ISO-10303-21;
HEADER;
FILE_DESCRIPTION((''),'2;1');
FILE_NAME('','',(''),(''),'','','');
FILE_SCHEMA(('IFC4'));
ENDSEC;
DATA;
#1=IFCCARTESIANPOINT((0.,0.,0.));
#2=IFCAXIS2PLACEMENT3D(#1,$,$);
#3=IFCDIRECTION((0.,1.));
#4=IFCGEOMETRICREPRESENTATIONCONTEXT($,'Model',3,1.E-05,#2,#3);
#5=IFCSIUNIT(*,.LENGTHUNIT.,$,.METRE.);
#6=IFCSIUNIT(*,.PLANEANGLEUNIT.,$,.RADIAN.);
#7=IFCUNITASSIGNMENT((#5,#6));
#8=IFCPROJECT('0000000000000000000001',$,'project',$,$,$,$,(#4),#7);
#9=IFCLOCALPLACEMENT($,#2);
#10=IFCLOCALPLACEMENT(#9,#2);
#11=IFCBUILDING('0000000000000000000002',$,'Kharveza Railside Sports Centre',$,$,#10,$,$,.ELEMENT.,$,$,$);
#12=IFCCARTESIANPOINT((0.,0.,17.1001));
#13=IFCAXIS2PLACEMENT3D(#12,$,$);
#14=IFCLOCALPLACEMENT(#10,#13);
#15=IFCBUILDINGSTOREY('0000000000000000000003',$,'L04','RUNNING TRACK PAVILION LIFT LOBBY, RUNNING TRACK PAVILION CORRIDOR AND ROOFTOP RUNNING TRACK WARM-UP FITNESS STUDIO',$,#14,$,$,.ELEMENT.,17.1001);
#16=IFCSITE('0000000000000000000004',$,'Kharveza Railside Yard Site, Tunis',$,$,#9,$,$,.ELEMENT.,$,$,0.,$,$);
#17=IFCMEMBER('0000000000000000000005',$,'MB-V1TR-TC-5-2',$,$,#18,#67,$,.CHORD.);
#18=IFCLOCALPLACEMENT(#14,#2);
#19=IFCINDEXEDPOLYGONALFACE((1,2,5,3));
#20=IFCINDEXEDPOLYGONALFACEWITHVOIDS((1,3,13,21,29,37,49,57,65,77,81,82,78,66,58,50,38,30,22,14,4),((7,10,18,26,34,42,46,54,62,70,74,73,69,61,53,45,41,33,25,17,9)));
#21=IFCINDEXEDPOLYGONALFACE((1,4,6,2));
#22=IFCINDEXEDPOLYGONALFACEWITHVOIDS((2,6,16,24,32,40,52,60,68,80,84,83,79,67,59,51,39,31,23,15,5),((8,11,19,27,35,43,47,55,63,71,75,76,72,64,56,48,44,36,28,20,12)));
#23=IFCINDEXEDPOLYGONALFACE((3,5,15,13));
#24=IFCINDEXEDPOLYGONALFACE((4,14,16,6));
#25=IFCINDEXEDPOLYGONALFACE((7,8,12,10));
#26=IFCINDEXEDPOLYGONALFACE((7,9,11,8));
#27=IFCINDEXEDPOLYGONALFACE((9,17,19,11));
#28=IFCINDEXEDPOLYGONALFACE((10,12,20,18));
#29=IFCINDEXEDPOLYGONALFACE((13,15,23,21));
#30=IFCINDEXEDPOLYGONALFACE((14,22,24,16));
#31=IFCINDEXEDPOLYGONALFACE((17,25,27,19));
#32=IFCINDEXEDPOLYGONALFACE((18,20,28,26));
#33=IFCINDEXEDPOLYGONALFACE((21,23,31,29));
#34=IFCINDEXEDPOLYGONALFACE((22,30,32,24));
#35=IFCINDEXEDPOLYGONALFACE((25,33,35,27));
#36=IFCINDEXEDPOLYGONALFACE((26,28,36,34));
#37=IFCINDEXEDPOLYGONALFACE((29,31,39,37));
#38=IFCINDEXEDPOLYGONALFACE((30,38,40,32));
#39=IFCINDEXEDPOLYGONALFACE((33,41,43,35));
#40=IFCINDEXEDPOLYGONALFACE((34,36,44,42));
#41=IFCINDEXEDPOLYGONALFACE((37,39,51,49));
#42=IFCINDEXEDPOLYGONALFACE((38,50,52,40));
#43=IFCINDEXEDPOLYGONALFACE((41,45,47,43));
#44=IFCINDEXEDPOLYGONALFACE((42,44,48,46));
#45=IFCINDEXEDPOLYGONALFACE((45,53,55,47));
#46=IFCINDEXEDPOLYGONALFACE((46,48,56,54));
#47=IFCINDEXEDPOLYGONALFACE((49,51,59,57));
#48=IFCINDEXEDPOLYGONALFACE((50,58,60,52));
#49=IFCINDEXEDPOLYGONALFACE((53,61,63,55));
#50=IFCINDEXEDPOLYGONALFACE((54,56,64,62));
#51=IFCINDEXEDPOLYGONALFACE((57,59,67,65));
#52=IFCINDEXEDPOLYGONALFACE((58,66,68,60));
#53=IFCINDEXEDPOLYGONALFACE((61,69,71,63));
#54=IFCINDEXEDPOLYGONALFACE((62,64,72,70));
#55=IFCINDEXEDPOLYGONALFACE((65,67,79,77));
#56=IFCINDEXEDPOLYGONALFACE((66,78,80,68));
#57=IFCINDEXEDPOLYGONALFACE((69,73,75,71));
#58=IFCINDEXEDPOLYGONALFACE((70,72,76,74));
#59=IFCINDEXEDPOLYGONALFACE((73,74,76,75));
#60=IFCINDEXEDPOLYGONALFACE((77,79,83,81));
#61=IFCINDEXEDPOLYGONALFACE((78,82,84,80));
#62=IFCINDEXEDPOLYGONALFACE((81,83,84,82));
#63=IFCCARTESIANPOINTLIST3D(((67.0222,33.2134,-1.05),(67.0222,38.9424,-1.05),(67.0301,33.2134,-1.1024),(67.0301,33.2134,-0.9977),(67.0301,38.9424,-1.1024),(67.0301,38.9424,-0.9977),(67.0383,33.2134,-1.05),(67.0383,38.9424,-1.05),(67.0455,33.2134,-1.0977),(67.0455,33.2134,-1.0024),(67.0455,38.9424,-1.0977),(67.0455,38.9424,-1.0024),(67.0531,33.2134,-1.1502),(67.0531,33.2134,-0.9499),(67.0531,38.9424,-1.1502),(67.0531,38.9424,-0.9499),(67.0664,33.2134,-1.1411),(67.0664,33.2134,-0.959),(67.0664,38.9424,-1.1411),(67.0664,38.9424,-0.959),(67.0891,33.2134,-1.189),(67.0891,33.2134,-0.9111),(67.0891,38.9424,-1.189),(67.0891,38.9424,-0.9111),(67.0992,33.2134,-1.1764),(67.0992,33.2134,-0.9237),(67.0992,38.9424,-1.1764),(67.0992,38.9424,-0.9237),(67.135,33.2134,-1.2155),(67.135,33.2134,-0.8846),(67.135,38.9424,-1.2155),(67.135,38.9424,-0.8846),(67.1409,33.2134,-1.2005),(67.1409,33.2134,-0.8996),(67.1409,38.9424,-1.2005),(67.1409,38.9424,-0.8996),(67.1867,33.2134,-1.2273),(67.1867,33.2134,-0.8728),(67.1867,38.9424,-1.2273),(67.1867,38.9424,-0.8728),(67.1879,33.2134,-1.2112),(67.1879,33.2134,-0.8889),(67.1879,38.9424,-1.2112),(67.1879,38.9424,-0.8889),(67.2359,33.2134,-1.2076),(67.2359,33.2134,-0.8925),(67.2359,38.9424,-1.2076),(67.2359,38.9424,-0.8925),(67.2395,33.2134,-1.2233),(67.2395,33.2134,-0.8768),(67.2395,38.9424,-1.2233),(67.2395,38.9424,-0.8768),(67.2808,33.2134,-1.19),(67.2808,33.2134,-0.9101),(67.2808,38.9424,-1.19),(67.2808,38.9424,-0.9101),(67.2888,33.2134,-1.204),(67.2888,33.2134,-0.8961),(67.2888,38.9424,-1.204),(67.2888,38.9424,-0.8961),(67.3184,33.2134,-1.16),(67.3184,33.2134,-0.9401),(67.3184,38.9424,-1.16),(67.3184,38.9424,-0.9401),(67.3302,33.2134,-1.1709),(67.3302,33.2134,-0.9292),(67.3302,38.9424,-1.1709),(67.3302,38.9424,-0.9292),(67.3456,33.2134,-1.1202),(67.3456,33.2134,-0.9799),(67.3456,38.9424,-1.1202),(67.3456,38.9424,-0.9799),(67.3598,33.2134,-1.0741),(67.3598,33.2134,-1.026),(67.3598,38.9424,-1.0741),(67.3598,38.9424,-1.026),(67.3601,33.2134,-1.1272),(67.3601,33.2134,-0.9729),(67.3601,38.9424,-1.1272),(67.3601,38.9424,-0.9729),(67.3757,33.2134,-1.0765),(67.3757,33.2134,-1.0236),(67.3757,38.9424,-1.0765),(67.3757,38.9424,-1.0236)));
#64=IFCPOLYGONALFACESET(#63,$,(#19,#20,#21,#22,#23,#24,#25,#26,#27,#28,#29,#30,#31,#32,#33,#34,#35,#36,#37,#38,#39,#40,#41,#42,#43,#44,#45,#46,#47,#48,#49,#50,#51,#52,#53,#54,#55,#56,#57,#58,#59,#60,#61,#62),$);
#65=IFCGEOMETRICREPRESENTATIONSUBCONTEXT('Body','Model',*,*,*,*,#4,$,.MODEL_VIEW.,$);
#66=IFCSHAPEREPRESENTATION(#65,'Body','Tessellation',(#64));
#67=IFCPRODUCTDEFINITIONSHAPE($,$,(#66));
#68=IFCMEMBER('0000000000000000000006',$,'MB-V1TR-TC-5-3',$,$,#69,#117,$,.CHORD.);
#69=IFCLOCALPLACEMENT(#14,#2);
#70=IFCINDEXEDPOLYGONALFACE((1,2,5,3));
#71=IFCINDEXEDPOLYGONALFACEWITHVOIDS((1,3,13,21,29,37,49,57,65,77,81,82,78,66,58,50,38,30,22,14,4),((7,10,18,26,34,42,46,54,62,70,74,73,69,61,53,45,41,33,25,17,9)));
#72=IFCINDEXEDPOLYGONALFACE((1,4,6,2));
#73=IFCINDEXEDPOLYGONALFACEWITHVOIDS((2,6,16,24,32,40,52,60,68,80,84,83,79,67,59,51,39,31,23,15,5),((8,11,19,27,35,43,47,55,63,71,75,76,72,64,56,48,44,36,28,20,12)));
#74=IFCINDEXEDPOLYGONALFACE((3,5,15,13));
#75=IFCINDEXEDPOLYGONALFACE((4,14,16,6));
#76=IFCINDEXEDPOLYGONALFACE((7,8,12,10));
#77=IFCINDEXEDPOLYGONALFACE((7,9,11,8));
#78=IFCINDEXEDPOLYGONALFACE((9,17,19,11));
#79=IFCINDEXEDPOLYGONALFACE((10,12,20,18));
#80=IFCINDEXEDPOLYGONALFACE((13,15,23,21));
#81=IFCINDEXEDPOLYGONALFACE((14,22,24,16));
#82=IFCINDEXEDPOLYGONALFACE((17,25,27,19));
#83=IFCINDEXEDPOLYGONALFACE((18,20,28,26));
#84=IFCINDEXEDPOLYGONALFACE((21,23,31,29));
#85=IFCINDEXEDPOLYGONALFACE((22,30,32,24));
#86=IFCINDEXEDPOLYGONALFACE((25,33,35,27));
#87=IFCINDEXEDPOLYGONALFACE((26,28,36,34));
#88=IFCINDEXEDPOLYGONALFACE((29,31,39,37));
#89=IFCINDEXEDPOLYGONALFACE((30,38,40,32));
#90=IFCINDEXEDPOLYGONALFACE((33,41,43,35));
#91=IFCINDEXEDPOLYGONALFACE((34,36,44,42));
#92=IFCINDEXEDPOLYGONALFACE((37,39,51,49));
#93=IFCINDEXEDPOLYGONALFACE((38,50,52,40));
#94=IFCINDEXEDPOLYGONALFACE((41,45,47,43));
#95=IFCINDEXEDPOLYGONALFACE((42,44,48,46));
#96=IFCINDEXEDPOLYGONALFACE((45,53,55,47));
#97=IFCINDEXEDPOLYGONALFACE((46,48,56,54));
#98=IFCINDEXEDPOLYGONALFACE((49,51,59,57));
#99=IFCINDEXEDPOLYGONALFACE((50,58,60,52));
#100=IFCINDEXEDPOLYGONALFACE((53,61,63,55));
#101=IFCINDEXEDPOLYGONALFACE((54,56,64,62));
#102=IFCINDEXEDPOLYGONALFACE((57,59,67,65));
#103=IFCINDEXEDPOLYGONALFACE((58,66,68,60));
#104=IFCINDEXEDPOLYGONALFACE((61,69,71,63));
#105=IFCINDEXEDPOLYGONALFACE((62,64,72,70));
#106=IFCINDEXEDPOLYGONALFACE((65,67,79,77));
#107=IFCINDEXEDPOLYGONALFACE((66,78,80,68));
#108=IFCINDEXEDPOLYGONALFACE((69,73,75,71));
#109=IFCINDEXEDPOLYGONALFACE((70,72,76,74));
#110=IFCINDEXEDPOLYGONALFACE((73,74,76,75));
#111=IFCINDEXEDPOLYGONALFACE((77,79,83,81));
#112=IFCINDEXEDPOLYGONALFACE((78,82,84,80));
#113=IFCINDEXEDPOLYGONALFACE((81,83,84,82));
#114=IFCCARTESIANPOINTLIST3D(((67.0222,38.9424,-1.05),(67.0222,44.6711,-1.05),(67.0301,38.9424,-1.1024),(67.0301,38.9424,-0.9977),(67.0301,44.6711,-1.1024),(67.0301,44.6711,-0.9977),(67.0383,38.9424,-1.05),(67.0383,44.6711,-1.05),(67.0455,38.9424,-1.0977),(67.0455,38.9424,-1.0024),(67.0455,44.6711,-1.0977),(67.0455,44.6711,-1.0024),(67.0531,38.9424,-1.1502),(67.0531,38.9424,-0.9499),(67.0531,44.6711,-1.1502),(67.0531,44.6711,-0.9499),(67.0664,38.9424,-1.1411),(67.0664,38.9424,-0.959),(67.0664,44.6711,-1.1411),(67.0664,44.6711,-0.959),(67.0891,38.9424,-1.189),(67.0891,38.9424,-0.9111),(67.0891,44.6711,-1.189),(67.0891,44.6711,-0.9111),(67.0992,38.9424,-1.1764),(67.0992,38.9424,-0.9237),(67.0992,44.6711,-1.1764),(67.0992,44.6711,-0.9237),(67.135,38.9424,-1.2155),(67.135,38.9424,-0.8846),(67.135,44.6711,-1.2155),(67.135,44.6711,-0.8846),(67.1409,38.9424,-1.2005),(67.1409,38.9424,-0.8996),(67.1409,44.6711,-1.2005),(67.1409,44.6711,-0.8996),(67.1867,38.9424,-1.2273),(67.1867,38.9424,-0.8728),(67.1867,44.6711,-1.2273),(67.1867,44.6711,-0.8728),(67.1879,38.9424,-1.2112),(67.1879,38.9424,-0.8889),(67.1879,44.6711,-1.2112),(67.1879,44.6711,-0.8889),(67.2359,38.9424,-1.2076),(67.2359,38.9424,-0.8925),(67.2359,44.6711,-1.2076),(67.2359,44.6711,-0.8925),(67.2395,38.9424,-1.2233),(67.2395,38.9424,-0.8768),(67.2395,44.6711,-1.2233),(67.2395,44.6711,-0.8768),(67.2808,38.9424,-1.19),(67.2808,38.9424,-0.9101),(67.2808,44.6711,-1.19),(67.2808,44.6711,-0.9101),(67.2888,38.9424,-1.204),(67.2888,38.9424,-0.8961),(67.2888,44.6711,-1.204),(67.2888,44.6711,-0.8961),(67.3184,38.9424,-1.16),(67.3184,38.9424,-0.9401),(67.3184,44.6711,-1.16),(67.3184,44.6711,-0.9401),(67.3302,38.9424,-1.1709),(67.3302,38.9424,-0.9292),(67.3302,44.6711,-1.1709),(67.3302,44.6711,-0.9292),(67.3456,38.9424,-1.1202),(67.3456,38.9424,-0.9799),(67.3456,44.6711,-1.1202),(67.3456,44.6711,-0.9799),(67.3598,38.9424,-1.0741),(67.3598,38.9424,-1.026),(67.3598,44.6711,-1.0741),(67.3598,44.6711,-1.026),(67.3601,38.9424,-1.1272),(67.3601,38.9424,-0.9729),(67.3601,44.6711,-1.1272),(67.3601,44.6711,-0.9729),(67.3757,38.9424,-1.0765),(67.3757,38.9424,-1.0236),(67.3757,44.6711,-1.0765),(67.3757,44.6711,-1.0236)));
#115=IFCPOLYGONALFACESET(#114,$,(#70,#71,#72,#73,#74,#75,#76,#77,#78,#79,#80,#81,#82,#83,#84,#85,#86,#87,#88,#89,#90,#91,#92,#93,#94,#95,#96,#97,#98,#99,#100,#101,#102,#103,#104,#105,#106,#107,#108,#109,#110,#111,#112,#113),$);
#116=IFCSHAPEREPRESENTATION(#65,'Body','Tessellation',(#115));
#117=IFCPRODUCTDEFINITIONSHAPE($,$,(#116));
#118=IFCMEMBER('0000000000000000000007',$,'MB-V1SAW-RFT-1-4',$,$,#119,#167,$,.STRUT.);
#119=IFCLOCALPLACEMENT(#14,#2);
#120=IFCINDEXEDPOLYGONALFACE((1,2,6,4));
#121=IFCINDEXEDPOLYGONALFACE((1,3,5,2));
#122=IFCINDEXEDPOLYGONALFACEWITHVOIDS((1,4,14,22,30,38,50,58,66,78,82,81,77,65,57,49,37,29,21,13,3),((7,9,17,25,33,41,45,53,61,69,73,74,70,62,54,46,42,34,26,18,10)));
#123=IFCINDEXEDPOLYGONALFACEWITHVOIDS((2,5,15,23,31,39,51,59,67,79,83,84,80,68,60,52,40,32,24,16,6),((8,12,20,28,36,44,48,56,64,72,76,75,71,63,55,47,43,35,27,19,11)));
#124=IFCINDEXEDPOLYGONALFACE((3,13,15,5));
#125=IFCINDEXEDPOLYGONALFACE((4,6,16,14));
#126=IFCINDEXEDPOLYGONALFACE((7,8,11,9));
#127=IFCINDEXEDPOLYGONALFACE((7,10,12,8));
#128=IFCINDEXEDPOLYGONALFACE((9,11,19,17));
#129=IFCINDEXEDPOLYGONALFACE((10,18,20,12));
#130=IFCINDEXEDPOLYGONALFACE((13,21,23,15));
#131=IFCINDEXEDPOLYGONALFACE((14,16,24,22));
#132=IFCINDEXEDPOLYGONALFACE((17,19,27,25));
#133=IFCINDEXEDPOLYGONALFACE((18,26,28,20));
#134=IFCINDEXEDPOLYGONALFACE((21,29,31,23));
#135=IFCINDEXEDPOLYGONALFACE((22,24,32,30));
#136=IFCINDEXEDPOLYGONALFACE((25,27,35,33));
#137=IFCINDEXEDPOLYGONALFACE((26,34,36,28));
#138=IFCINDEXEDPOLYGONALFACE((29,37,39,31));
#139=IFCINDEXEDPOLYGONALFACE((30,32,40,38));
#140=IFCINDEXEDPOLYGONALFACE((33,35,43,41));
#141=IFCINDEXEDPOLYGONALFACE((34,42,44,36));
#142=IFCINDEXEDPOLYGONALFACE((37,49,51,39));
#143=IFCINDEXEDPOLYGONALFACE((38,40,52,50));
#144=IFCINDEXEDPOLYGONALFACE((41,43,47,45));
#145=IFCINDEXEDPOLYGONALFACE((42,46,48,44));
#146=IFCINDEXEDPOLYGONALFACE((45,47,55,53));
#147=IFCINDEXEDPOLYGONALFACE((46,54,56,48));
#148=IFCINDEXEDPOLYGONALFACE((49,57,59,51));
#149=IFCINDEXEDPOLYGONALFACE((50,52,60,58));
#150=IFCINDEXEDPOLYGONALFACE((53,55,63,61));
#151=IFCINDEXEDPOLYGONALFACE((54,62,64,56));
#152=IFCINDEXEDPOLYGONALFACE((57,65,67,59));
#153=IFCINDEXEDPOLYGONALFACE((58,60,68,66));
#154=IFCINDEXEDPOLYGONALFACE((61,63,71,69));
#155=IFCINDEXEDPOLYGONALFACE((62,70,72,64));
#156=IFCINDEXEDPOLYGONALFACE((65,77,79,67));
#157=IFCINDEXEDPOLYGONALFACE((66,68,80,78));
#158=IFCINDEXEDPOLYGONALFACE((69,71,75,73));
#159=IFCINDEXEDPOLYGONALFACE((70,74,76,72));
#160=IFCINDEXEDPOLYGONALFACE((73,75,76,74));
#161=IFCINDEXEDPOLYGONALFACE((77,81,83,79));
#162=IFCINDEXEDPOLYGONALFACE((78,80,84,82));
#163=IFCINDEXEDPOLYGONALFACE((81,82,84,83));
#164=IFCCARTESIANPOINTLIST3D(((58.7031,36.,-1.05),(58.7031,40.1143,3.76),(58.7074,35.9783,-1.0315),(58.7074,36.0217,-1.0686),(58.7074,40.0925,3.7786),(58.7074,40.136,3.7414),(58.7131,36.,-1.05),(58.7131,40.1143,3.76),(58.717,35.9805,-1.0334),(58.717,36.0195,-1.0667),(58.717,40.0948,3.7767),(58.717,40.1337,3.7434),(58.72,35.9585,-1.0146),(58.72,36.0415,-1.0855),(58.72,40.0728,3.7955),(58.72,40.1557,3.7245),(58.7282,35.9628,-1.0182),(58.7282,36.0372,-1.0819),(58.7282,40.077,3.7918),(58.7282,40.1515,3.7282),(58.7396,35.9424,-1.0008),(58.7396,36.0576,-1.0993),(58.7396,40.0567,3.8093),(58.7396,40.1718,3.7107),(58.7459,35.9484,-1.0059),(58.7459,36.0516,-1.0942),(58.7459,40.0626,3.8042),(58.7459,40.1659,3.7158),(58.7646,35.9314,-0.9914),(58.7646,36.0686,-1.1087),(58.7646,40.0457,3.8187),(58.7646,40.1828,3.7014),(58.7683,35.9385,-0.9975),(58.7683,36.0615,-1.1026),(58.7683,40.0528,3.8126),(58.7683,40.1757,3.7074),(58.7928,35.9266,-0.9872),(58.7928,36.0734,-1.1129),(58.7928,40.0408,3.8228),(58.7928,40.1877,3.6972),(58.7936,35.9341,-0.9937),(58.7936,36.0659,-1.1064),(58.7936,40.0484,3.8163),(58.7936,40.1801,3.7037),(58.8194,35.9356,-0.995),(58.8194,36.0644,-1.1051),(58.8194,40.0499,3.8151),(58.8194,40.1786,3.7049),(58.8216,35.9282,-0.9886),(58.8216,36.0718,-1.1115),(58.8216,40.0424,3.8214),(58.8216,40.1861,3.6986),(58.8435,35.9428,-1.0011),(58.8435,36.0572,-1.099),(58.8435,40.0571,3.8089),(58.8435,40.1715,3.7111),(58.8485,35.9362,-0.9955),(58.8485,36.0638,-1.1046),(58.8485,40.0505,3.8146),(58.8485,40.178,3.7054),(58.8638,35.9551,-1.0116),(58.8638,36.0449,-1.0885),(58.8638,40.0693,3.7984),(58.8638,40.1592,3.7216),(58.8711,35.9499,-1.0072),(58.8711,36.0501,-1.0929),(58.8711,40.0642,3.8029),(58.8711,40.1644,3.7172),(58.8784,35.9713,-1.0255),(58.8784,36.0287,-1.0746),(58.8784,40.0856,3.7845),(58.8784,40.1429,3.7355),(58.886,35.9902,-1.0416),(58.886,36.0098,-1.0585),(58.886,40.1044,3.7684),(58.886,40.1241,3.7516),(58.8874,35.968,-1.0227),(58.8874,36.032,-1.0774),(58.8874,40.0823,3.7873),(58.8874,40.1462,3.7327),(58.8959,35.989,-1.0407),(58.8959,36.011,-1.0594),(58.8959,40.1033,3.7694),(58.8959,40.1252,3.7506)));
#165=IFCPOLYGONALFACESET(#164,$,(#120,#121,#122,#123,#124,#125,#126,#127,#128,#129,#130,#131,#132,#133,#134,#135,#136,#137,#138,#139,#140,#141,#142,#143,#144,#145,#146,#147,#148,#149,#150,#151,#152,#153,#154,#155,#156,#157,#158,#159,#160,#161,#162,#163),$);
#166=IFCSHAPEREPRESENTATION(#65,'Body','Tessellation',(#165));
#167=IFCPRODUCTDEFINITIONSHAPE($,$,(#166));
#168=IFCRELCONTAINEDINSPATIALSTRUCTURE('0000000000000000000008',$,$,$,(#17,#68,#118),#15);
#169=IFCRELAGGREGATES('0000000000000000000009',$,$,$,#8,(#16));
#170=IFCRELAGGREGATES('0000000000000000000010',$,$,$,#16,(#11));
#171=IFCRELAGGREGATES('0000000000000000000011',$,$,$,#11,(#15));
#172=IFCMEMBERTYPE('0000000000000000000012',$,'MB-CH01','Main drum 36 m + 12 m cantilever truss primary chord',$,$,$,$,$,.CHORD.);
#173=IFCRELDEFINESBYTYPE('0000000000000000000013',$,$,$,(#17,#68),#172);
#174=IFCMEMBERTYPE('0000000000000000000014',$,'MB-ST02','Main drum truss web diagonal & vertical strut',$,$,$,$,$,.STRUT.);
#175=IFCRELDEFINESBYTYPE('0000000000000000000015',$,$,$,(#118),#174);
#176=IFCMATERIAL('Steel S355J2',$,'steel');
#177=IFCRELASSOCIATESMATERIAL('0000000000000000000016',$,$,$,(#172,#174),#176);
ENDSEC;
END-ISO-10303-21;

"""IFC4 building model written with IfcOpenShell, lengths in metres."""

from ifc_helpers import new_model, si_unit, direction, frame, origin, origin_2d, place, context, subcontext, project, spatial, hollow_circle, extrude, material, material_profile, profile_set, type_object, element, save


model = new_model("IFC4")

# Units and contexts
model_context = context("Model", 3, precision=1e-05, world=origin(), true_north=direction((0.0, 1.0)))
body_context = subcontext(model_context, "Body", "Model", "MODEL_VIEW")
ifc_project = project(units=[si_unit("LENGTHUNIT", "METRE"), si_unit("PLANEANGLEUNIT", "RADIAN")], contexts=[model_context])

# Site, building, storey
site_placement = place(None, origin())
site = spatial("IfcSite", under=ifc_project, at=site_placement, Name="Kharveza Railside Yard Site, Tunis", CompositionType="ELEMENT", RefElevation=0.0)
building_placement = place(site_placement, origin())
building = spatial("IfcBuilding", under=site, at=building_placement, Name="Kharveza Railside Sports Centre", CompositionType="ELEMENT")
storey_placement = place(building_placement, frame((0.0, 0.0, 17.1001)))
storey = spatial("IfcBuildingStorey", under=building, at=storey_placement, Name="L04", Description="RUNNING TRACK PAVILION LIFT LOBBY, RUNNING TRACK PAVILION CORRIDOR AND ROOFTOP RUNNING TRACK WARM-UP FITNESS STUDIO", CompositionType="ELEMENT", Elevation=17.1001)

# Members
ifc_material_1 = material(Name="Steel S355J2", Category="steel")
ifc_material_profile_1 = material_profile(ifc_material_1, hollow_circle(Radius=0.1777, WallThickness=0.0161, at=origin_2d()), Name="CHS 355.6x16.0")
ifc_profile_set_1 = profile_set([ifc_material_profile_1], Name="Steel S355J2")
member_type_1 = type_object("IfcMemberType", Name="MB-CH01", Description="Main drum 36 m + 12 m cantilever truss primary chord", PredefinedType="CHORD", material=ifc_profile_set_1)
member_1_placement = place(storey_placement, frame((67.2, 33.2134, -1.05), z_axis=(0.0, 1.0, 0.0), x_axis=(-1.0, 0.0, 0.0)))
element("IfcMember", 1, at=member_1_placement, inside=storey, type_object=member_type_1, Name="MB-V1TR-TC-5-2", PredefinedType="CHORD", context=body_context, shape_type="SweptSolid", body=[
    extrude(hollow_circle(Radius=0.1777, WallThickness=0.0161, at=origin_2d()), origin(), (0.0, 0.0, 1.0), 5.729),
])
member_2_placement = place(storey_placement, frame((67.2, 38.9424, -1.05), z_axis=(0.0, 1.0, 0.0), x_axis=(-1.0, 0.0, 0.0)))
element("IfcMember", 2, at=member_2_placement, inside=storey, type_object=member_type_1, Name="MB-V1TR-TC-5-3", PredefinedType="CHORD", context=body_context, shape_type="SweptSolid", body=[
    extrude(hollow_circle(Radius=0.1777, WallThickness=0.0161, at=origin_2d()), origin(), (0.0, 0.0, 1.0), 5.7288),
])
ifc_material_profile_2 = material_profile(ifc_material_1, hollow_circle(Radius=0.0969, WallThickness=0.01, at=origin_2d()), Name="CHS 193.7x10.0")
ifc_profile_set_2 = profile_set([ifc_material_profile_2], Name="Steel S355J2")
member_type_2 = type_object("IfcMemberType", Name="MB-ST02", Description="Main drum truss web diagonal & vertical strut", PredefinedType="STRUT", material=ifc_profile_set_2)
for number, where, z_axis, x_axis, name in (
    (3, (58.8, 36.0, -1.05), (0.0, 0.650003, 0.759931), (-1.0, 0.0, 0.0), "MB-V1SAW-RFT-1-4"),
):
    element("IfcMember", number, at=place(storey_placement, frame(where, z_axis=z_axis, x_axis=x_axis)), inside=storey, type_object=member_type_2, Name=name, PredefinedType="STRUT", context=body_context, shape_type="SweptSolid", body=[
        extrude(hollow_circle(Radius=0.0969, WallThickness=0.01, at=origin_2d()), origin(), (0.0, 0.0, 1.0), 6.3296),
    ])

save(model, "model.ifc")
